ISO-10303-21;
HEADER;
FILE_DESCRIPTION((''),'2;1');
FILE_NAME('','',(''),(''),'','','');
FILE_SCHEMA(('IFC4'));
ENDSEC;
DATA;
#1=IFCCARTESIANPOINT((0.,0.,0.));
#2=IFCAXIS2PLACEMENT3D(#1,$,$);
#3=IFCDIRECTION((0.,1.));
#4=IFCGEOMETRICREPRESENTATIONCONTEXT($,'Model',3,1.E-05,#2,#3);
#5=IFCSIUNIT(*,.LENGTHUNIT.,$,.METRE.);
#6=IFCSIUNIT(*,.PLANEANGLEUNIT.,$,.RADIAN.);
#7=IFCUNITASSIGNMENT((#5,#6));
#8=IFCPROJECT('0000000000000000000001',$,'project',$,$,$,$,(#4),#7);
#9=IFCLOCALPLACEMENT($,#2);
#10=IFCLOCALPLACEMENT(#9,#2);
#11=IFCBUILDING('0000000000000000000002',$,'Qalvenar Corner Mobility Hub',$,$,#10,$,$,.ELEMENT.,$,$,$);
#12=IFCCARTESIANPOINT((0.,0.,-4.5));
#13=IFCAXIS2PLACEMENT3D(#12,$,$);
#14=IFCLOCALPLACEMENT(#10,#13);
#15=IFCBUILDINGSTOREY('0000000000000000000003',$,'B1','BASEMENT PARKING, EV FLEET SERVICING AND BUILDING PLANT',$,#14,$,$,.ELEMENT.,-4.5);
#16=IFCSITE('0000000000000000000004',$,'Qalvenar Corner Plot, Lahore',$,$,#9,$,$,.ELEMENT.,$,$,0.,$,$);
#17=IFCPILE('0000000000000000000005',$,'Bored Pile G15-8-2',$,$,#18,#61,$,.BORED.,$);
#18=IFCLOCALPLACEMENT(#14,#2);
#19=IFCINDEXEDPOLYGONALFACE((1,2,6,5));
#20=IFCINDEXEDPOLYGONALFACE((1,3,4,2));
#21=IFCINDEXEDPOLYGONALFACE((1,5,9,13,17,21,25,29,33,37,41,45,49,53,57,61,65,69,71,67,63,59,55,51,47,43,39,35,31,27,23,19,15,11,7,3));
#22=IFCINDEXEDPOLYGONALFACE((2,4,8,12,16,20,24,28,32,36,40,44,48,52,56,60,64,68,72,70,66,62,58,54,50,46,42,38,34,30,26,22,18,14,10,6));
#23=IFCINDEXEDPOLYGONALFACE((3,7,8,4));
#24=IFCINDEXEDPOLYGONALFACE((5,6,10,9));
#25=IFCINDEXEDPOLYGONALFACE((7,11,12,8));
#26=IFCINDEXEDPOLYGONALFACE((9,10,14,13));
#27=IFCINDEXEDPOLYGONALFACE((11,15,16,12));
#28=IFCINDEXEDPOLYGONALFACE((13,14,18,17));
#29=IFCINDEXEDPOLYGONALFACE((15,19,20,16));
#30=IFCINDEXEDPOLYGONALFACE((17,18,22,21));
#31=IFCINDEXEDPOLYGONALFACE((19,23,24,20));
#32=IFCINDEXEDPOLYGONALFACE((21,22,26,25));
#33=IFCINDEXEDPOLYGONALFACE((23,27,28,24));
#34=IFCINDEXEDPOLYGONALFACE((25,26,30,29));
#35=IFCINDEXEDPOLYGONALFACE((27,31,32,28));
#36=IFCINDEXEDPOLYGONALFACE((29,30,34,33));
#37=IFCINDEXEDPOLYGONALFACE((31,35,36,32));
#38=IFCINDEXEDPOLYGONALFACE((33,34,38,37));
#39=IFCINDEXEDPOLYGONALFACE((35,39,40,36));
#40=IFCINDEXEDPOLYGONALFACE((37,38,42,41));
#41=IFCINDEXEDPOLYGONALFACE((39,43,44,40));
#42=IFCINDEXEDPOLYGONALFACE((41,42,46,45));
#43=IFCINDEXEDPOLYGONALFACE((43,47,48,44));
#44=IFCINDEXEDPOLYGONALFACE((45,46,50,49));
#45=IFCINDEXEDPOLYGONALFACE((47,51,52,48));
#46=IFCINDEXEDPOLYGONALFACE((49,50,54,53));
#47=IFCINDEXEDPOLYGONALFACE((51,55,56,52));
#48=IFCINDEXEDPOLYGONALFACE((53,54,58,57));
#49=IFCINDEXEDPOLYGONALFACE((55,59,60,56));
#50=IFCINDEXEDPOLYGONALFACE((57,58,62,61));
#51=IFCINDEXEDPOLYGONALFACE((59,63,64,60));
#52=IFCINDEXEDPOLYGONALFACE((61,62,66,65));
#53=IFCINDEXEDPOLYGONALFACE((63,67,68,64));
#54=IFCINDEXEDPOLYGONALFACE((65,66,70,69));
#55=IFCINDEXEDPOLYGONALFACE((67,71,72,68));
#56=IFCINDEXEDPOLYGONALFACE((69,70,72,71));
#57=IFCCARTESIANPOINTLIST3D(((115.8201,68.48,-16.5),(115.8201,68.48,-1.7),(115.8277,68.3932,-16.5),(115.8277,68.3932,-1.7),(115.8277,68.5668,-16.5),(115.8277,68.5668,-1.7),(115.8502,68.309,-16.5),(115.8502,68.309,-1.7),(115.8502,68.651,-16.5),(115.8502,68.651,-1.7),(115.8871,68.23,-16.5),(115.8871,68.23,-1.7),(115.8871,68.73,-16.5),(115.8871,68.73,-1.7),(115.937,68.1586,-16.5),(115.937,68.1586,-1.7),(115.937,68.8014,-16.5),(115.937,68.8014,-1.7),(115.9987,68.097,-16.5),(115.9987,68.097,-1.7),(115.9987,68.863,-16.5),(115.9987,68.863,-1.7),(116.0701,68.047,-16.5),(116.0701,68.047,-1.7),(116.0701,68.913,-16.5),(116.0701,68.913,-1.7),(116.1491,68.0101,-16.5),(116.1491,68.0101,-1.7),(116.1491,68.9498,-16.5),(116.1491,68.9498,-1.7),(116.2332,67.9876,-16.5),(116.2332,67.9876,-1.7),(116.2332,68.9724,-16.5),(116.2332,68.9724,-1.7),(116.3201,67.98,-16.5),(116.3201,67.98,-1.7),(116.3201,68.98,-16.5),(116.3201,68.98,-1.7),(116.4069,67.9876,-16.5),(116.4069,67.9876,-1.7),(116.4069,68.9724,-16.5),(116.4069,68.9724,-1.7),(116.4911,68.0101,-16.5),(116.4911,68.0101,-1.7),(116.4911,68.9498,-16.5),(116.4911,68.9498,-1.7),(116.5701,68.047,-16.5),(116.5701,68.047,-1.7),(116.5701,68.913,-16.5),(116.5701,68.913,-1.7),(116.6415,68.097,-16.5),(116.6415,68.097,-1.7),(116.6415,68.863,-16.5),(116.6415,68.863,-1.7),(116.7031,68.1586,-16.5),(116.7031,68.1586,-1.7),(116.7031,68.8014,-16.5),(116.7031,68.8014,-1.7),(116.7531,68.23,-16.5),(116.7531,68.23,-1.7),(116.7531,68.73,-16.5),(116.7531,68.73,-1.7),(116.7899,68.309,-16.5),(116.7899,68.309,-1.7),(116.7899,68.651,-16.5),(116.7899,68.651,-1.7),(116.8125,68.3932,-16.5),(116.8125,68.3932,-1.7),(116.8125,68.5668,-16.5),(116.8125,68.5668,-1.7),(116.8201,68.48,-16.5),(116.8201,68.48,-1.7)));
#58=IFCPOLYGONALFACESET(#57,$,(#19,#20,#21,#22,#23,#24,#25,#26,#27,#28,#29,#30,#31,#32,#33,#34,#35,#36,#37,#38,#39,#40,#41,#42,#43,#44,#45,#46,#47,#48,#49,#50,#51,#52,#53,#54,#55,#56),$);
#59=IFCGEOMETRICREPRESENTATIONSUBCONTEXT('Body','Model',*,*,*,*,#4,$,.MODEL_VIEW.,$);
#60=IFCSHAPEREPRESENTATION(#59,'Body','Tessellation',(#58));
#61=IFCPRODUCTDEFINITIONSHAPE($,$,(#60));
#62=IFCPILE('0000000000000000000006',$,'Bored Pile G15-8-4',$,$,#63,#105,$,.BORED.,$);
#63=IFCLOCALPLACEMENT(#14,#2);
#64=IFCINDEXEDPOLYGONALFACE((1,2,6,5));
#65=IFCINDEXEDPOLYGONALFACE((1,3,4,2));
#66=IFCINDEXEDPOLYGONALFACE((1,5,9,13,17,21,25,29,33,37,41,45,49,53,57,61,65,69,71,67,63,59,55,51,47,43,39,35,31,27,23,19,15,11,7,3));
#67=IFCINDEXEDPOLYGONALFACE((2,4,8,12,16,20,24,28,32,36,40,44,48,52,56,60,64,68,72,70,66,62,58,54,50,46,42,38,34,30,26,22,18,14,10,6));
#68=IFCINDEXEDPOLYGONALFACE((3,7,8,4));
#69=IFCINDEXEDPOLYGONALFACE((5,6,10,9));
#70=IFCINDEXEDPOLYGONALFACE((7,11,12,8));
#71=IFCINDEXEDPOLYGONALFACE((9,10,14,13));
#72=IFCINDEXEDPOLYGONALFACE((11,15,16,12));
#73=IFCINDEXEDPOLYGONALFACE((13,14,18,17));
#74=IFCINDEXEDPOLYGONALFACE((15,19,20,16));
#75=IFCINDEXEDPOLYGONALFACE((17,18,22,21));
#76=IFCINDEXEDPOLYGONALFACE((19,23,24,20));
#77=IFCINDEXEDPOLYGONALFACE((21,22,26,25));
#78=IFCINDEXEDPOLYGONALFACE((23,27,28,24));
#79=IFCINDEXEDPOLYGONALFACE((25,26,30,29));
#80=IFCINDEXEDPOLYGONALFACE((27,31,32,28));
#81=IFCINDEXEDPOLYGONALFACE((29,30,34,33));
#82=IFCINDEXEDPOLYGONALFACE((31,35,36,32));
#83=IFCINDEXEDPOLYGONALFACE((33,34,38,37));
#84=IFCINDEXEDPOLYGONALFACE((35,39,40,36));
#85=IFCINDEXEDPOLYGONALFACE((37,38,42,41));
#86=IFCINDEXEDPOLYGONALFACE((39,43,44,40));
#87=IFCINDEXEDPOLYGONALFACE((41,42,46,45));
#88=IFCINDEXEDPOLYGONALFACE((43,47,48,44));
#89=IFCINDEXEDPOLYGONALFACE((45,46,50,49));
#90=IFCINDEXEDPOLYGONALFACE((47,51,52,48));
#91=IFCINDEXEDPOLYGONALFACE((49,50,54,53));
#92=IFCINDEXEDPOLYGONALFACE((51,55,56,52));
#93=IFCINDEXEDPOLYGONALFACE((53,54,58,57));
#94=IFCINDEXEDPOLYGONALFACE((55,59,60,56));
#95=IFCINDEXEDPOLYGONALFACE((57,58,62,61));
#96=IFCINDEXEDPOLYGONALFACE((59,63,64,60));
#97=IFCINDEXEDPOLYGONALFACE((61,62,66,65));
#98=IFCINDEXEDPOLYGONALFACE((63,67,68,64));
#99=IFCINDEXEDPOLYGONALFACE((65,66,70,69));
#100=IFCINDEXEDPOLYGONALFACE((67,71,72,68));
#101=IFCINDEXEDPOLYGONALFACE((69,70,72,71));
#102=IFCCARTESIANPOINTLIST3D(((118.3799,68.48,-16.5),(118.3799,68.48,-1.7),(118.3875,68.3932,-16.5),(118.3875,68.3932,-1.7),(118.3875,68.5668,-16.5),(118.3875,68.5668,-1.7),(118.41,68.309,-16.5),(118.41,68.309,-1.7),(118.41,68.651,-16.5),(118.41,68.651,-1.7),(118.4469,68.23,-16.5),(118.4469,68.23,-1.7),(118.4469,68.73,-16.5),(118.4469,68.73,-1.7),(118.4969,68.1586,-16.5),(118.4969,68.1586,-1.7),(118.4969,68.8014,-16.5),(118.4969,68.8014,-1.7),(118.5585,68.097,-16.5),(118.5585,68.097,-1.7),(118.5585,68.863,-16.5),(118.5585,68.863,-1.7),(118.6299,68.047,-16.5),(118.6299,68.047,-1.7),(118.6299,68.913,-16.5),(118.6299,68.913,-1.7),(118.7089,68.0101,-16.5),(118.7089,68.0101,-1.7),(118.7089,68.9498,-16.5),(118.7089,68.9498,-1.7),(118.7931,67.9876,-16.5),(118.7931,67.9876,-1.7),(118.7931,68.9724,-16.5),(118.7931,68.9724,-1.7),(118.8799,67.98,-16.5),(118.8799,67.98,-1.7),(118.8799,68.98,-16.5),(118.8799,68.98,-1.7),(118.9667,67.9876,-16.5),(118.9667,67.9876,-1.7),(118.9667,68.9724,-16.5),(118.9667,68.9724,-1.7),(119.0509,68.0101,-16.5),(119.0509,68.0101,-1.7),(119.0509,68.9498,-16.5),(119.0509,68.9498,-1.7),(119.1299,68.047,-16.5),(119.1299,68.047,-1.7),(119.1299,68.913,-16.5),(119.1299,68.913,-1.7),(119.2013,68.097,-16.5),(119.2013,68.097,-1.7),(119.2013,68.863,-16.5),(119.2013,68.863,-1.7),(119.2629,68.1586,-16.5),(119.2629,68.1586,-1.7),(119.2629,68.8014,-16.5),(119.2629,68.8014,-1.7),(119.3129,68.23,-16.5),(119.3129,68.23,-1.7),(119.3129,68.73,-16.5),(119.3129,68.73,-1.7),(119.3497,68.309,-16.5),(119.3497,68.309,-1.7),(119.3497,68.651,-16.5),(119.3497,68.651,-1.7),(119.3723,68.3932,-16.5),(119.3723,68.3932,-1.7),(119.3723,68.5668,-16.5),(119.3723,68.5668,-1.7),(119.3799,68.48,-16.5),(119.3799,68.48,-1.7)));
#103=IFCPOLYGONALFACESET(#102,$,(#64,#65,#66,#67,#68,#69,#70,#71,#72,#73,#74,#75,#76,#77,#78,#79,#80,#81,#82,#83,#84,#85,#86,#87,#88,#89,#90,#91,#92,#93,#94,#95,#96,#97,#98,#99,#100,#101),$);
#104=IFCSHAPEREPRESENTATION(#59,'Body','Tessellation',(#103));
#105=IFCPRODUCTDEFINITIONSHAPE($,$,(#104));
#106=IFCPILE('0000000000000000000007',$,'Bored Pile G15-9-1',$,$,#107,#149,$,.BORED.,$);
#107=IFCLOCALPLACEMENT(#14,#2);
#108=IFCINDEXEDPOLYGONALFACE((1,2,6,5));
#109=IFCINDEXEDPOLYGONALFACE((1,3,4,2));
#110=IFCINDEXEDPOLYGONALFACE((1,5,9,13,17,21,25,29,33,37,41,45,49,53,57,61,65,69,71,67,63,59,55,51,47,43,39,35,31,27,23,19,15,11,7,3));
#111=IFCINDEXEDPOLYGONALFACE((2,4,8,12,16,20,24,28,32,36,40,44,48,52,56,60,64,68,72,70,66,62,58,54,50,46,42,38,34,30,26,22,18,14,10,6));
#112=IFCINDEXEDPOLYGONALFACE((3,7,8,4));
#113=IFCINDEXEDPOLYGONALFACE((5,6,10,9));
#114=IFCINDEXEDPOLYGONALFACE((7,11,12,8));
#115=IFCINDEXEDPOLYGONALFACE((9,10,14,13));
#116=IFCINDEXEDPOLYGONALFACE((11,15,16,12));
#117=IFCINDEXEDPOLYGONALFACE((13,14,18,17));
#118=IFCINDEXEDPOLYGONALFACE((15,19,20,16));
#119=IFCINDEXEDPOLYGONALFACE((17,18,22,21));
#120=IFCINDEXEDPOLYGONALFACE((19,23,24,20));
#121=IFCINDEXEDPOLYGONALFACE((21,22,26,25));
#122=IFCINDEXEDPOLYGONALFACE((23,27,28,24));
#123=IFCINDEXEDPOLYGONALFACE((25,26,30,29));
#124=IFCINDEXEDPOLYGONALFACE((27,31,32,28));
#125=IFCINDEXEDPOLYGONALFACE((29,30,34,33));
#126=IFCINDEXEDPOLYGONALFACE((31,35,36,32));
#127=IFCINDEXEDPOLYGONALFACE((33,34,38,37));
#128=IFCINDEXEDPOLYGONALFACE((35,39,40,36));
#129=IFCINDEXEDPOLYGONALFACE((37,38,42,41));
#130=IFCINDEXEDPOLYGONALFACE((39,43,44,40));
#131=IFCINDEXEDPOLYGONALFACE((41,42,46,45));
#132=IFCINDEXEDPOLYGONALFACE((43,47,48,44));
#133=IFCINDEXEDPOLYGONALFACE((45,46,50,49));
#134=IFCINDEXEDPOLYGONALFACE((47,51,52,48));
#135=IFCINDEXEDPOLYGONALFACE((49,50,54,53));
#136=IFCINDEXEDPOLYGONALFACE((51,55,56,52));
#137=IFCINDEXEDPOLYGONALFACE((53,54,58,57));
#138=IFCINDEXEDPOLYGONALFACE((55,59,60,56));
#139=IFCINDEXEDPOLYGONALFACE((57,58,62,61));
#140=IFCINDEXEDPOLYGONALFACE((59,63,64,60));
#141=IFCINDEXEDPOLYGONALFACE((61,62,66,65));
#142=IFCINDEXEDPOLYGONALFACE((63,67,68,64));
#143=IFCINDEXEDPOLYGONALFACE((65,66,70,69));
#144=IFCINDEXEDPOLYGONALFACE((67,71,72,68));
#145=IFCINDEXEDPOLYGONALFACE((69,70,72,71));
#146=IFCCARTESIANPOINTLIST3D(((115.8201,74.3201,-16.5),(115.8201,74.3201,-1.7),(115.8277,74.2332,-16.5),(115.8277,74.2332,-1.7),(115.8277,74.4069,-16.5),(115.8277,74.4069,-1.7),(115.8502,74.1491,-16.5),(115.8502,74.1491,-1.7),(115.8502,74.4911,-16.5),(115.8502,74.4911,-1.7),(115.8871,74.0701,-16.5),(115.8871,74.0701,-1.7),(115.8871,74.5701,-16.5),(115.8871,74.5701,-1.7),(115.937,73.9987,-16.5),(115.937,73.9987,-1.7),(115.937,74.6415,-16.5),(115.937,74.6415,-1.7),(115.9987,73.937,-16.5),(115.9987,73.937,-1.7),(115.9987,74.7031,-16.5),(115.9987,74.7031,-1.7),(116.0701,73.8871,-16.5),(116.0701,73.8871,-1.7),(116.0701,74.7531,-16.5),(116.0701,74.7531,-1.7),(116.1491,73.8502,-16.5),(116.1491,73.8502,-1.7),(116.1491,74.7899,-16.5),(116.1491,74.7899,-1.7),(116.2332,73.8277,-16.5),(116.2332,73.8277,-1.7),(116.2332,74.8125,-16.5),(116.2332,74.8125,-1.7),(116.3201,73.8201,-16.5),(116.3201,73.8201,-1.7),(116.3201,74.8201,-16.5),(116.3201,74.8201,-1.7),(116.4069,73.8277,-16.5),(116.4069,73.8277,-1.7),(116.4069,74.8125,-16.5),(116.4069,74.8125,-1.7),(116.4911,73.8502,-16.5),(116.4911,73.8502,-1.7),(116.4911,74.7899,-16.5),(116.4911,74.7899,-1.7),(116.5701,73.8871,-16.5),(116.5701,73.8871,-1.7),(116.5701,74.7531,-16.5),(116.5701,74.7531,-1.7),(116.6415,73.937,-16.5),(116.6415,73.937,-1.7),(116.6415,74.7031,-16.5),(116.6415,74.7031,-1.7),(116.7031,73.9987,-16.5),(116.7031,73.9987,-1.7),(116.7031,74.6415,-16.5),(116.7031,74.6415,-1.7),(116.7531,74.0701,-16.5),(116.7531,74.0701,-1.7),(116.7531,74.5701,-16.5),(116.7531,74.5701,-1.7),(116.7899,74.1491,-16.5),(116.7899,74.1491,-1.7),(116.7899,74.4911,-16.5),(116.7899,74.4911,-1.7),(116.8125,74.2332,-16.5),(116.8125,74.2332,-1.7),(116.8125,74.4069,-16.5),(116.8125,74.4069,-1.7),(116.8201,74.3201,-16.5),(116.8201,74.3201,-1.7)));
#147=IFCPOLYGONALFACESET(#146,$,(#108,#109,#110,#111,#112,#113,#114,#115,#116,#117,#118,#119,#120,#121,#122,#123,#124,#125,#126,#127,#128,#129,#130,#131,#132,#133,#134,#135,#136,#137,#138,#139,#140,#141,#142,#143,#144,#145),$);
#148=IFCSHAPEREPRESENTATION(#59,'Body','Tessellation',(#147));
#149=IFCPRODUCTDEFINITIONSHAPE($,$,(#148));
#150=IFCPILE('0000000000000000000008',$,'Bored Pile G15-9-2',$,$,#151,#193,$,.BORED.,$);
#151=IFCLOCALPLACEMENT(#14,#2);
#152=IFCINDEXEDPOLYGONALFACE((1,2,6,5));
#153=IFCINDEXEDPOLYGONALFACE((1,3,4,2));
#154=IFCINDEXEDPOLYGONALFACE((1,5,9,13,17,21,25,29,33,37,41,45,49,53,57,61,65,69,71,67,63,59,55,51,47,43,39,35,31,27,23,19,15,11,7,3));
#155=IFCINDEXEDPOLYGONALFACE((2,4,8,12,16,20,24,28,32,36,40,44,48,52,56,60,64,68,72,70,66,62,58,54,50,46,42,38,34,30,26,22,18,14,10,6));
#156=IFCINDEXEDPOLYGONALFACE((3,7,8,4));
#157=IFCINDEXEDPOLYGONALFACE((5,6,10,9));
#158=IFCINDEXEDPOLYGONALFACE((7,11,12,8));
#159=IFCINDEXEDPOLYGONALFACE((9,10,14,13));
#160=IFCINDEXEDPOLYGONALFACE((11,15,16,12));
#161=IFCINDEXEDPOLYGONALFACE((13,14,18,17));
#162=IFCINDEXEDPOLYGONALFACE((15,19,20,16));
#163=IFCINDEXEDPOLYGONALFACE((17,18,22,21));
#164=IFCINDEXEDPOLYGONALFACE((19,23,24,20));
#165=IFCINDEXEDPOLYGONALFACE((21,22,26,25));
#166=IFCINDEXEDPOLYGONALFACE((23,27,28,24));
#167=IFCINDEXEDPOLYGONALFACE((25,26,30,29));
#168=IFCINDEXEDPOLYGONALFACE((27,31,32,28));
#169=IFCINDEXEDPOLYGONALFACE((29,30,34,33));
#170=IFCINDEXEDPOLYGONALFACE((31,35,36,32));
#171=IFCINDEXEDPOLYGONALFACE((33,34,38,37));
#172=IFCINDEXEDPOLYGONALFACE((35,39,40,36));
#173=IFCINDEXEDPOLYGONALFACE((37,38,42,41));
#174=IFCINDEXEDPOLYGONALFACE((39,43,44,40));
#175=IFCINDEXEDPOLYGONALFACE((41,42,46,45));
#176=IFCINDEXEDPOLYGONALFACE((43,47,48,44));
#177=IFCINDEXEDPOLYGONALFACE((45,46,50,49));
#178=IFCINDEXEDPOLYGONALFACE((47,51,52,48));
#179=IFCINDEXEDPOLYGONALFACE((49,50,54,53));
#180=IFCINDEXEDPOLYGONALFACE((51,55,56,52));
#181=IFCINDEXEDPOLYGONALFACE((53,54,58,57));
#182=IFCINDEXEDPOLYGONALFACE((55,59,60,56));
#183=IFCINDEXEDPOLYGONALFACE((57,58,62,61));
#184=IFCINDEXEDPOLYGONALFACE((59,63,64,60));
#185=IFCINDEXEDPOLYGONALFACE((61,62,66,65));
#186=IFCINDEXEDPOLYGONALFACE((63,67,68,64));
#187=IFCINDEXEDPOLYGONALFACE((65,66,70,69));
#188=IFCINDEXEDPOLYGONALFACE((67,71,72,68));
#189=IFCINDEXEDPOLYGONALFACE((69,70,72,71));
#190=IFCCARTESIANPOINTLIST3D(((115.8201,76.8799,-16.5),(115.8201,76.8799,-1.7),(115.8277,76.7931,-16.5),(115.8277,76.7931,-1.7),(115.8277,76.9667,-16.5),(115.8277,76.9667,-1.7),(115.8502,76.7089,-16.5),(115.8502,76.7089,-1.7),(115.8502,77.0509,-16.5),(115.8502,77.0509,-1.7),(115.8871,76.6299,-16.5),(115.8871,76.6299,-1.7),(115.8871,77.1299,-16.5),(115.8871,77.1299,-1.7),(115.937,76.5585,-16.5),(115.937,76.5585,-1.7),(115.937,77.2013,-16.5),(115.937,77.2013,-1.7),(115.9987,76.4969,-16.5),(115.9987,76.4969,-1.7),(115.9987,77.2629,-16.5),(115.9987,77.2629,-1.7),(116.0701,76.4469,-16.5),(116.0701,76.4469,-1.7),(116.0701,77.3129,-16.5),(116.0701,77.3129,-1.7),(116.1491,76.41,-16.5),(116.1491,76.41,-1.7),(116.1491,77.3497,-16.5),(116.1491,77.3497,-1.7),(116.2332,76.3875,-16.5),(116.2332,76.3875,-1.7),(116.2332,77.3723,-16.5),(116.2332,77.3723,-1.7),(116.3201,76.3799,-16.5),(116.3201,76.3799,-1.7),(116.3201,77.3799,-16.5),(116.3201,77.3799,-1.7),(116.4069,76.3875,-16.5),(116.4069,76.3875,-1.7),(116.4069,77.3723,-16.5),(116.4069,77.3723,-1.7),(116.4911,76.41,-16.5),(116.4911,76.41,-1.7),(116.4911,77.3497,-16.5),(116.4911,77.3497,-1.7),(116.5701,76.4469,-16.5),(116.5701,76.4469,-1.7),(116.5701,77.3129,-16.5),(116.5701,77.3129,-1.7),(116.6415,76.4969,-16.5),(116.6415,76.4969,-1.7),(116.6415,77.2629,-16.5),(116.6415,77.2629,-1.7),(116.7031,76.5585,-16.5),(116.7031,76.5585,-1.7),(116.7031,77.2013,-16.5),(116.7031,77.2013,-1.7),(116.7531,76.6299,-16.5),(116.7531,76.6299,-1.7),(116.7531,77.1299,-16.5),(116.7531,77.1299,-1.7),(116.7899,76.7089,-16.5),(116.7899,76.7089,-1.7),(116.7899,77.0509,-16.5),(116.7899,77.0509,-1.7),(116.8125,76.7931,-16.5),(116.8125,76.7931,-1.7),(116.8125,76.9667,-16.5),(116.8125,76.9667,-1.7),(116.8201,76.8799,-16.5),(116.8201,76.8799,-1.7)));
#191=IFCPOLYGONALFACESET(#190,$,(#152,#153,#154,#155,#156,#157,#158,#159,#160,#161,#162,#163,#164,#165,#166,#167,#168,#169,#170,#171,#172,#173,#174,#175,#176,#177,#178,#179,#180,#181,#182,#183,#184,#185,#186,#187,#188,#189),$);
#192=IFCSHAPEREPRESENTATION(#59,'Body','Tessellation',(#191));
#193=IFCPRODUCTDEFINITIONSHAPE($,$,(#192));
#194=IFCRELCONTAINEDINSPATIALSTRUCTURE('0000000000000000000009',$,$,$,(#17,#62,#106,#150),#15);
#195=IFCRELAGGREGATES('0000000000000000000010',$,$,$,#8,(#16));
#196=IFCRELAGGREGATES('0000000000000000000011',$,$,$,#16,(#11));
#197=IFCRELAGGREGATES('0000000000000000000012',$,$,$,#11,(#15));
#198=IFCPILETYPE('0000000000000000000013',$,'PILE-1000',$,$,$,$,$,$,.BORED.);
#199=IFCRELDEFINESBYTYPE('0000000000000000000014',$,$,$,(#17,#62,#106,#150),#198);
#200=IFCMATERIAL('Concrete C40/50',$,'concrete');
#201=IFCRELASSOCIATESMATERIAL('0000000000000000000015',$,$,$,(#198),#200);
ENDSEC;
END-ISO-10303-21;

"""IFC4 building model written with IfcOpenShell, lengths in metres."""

from ifc_helpers import new_model, si_unit, direction, frame, origin, origin_2d, place, context, subcontext, project, spatial, circle, extrude, material, material_profile, profile_set, type_object, element, save


model = new_model("IFC4")

# Units and contexts
model_context = context("Model", 3, precision=1e-05, world=origin(), true_north=direction((0.0, 1.0)))
body_context = subcontext(model_context, "Body", "Model", "MODEL_VIEW")
ifc_project = project(units=[si_unit("LENGTHUNIT", "METRE"), si_unit("PLANEANGLEUNIT", "RADIAN")], contexts=[model_context])

# Site, building, storey
site_placement = place(None, origin())
site = spatial("IfcSite", under=ifc_project, at=site_placement, Name="Qalvenar Corner Plot, Lahore", CompositionType="ELEMENT", RefElevation=0.0)
building_placement = place(site_placement, origin())
building = spatial("IfcBuilding", under=site, at=building_placement, Name="Qalvenar Corner Mobility Hub", CompositionType="ELEMENT")
storey_placement = place(building_placement, frame((0.0, 0.0, -4.5)))
storey = spatial("IfcBuildingStorey", under=building, at=storey_placement, Name="B1", Description="BASEMENT PARKING, EV FLEET SERVICING AND BUILDING PLANT", CompositionType="ELEMENT", Elevation=-4.5)

# Shared definitions
ifc_material_1 = material(Name="Concrete C40/50", Category="concrete")

# Piles
ifc_material_profile_1 = material_profile(ifc_material_1, circle(Radius=0.5, at=origin_2d()), Name="DIA1000")
ifc_profile_set_1 = profile_set([ifc_material_profile_1], Name="Concrete C40/50")
pile_type = type_object("IfcPileType", Name="PILE-1000", PredefinedType="BORED", material=ifc_profile_set_1)
for number, where, z_axis, x_axis, name in (
    (1, (116.3201, 68.48, -1.7), (0.0, 0.0, -1.0), (1.0, 0.0, 0.0), "Bored Pile G15-8-2"),
    (2, (118.8799, 68.48, -1.7), (0.0, 0.0, -1.0), (1.0, 0.0, 0.0), "Bored Pile G15-8-4"),
    (3, (116.3201, 74.3201, -1.7), (0.0, 0.0, -1.0), (1.0, 0.0, 0.0), "Bored Pile G15-9-1"),
    (4, (116.3201, 76.8799, -1.7), (0.0, 0.0, -1.0), (1.0, 0.0, 0.0), "Bored Pile G15-9-2"),
):
    element("IfcPile", number, at=place(storey_placement, frame(where, z_axis=z_axis, x_axis=x_axis)), inside=storey, type_object=pile_type, Name=name, PredefinedType="BORED", context=body_context, shape_type="SweptSolid", body=[
        extrude(circle(Radius=0.5, at=origin_2d()), origin(), (0.0, 0.0, 1.0), 14.8),
    ])

save(model, "model.ifc")
